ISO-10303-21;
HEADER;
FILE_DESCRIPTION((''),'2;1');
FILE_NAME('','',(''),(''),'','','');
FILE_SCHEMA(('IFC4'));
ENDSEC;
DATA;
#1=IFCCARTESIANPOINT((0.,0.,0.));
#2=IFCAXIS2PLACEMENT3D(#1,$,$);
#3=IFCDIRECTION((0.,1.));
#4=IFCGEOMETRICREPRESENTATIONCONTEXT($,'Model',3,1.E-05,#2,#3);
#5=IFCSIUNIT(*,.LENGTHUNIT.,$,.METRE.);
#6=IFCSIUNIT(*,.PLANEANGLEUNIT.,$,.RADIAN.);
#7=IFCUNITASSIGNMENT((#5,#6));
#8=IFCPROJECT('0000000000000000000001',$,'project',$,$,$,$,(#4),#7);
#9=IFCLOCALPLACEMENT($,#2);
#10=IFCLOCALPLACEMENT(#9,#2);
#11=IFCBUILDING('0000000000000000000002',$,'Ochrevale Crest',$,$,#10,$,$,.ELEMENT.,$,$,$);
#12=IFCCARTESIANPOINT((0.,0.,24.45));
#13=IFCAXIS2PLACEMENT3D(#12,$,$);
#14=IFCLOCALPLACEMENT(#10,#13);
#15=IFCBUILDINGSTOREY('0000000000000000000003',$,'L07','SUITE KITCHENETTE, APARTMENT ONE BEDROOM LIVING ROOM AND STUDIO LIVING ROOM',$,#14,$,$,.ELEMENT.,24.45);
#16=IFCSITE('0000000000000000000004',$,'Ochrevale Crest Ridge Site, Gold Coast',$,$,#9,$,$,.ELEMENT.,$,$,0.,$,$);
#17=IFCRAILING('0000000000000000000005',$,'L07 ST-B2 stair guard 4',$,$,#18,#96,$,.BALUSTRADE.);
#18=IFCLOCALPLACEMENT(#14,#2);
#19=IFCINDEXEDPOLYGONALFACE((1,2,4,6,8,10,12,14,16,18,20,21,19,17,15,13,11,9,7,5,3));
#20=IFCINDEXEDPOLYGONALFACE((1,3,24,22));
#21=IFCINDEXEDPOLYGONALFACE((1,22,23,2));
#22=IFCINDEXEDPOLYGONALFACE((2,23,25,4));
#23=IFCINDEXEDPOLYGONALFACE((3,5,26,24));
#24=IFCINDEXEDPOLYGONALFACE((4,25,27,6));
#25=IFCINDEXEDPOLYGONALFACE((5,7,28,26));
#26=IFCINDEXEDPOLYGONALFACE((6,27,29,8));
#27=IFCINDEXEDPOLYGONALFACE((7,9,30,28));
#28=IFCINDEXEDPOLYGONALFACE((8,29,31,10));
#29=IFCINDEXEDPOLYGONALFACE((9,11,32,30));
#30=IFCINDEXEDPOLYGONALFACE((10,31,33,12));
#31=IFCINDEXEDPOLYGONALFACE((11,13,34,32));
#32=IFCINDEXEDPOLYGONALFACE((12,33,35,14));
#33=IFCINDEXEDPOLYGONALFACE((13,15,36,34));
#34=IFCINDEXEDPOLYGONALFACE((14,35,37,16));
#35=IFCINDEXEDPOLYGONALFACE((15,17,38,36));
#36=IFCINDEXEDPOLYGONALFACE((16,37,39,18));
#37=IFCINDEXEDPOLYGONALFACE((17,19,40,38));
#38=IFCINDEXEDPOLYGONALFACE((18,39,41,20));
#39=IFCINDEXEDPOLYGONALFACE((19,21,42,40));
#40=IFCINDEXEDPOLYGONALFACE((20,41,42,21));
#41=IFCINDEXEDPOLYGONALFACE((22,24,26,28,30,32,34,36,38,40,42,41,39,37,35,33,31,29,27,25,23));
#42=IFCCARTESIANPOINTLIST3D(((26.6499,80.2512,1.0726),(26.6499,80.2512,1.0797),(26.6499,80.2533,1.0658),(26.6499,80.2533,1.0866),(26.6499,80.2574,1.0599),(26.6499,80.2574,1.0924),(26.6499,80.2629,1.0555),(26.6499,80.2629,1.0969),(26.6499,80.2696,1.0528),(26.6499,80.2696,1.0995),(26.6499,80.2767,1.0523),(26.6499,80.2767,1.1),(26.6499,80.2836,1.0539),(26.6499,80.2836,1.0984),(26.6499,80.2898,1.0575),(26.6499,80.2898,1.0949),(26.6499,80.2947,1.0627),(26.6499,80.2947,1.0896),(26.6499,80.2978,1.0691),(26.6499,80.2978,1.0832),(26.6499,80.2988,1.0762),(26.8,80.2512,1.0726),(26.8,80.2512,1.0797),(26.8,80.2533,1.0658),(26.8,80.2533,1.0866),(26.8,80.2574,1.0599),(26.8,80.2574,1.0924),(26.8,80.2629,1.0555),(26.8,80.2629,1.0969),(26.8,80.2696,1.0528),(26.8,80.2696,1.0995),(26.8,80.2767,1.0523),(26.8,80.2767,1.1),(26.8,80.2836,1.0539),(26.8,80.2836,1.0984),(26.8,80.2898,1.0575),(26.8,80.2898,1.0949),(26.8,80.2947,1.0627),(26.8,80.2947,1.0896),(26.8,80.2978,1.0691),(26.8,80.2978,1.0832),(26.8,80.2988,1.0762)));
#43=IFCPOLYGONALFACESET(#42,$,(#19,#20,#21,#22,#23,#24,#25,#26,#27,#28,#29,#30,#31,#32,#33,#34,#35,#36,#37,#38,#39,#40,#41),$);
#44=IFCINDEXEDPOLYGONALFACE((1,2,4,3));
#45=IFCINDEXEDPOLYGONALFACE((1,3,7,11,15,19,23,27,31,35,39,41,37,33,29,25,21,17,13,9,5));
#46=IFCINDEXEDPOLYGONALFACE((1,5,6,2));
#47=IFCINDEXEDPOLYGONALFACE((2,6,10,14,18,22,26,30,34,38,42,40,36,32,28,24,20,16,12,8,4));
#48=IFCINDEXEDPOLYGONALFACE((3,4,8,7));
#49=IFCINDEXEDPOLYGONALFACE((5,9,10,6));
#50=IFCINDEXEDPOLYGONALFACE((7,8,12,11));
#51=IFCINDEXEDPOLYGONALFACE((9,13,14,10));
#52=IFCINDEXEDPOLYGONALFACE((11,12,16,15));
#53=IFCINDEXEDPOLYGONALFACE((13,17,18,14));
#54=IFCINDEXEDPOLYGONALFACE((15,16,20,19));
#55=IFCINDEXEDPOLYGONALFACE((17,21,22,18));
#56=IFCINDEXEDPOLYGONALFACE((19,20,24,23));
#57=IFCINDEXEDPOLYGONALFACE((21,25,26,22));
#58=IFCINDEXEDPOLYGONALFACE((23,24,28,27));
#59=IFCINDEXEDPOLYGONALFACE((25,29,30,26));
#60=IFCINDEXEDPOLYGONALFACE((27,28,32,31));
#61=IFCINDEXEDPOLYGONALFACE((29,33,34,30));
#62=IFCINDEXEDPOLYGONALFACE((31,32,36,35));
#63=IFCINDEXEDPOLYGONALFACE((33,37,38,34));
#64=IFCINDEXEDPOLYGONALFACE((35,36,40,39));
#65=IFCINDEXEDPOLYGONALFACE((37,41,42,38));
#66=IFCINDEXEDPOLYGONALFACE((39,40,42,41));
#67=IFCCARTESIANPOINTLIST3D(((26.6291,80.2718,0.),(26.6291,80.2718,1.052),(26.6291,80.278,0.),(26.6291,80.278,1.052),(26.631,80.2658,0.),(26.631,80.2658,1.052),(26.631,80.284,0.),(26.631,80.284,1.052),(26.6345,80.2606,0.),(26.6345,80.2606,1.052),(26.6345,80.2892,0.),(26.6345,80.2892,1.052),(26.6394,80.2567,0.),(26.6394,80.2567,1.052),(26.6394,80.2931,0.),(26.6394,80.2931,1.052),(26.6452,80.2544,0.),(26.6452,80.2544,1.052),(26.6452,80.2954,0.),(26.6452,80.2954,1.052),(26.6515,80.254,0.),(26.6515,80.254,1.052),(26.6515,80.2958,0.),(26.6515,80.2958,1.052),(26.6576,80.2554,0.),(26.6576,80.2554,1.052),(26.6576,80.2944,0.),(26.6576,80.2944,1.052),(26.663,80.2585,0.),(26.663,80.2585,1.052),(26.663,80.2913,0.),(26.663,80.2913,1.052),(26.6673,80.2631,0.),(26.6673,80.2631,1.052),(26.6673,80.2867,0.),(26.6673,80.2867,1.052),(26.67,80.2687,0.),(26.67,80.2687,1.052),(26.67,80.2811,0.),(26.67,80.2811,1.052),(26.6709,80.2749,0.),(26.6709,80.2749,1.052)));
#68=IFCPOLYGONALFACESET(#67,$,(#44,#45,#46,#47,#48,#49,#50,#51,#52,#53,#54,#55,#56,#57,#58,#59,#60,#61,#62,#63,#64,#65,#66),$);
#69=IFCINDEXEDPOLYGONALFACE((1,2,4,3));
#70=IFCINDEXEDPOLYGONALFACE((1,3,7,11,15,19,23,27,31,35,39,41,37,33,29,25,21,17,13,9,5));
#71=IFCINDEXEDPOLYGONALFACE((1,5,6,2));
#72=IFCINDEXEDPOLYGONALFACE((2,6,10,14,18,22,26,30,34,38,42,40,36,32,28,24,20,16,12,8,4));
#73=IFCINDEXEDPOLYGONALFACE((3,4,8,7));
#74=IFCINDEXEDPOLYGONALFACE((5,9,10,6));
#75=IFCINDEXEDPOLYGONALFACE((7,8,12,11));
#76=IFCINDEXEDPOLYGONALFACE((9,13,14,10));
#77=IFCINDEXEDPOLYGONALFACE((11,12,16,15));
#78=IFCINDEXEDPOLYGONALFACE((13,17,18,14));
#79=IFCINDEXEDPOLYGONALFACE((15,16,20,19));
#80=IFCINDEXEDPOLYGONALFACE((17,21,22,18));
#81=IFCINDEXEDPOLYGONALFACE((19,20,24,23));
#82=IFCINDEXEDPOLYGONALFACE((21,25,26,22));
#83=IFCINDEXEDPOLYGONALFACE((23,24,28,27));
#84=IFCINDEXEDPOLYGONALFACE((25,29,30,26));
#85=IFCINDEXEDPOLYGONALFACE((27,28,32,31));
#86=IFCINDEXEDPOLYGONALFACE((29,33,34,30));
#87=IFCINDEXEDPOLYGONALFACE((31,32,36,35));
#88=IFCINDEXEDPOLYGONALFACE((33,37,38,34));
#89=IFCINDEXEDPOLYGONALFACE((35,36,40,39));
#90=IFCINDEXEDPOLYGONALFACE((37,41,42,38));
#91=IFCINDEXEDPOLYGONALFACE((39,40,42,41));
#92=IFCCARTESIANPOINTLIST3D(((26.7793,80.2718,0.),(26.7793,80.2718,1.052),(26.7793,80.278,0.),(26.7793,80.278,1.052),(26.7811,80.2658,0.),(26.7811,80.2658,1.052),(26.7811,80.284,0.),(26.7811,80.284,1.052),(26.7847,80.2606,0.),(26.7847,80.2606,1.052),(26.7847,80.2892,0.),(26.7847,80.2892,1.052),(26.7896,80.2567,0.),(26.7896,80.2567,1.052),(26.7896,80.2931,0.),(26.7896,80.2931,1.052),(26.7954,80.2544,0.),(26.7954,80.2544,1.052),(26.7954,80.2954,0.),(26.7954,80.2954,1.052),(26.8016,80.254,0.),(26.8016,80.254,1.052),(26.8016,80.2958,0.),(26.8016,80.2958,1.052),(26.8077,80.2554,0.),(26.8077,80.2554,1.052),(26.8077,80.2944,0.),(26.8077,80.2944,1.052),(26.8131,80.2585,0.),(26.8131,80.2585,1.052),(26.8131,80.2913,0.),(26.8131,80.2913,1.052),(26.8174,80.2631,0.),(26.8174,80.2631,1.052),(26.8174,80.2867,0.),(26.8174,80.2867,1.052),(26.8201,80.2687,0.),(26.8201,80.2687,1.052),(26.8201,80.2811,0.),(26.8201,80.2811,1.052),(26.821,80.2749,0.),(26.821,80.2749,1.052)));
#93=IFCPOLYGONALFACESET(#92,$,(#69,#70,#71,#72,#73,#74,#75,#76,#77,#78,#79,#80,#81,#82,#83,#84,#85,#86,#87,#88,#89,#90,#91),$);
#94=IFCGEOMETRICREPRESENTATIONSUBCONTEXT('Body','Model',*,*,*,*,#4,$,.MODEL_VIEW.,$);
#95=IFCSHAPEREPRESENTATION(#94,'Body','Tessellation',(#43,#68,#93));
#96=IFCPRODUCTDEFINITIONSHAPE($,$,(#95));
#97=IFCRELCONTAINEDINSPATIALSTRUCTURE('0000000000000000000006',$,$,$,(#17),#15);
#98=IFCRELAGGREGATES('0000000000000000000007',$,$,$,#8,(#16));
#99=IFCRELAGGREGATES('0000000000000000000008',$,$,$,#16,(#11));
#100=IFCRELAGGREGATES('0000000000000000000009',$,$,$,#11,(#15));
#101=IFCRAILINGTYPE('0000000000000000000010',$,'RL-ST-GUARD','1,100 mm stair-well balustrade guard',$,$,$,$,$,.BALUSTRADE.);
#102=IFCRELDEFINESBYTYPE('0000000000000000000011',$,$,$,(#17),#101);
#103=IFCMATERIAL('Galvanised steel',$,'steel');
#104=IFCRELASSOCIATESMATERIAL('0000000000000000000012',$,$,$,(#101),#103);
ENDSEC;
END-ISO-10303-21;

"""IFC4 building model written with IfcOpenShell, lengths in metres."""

from ifc_helpers import new_model, si_unit, direction, frame, origin, origin_2d, place, context, subcontext, project, spatial, circle, extrude, material, type_object, element, save


model = new_model("IFC4")

# Units and contexts
model_context = context("Model", 3, precision=1e-05, world=origin(), true_north=direction((0.0, 1.0)))
body_context = subcontext(model_context, "Body", "Model", "MODEL_VIEW")
ifc_project = project(units=[si_unit("LENGTHUNIT", "METRE"), si_unit("PLANEANGLEUNIT", "RADIAN")], contexts=[model_context])

# Site, building, storey
site_placement = place(None, origin())
site = spatial("IfcSite", under=ifc_project, at=site_placement, Name="Ochrevale Crest Ridge Site, Gold Coast", CompositionType="ELEMENT", RefElevation=0.0)
building_placement = place(site_placement, origin())
building = spatial("IfcBuilding", under=site, at=building_placement, Name="Ochrevale Crest", CompositionType="ELEMENT")
storey_placement = place(building_placement, frame((0.0, 0.0, 24.45)))
storey = spatial("IfcBuildingStorey", under=building, at=storey_placement, Name="L07", Description="SUITE KITCHENETTE, APARTMENT ONE BEDROOM LIVING ROOM AND STUDIO LIVING ROOM", CompositionType="ELEMENT", Elevation=24.45)

# Railing
ifc_material_1 = material(Name="Galvanised steel", Category="steel")
railing_type_1 = type_object("IfcRailingType", Name="RL-ST-GUARD", Description="1,100 mm stair-well balustrade guard", PredefinedType="BALUSTRADE", material=ifc_material_1)
railing_1_placement = place(storey_placement, frame((26.6499, 80.2749, 0.0)))
element("IfcRailing", 1, at=railing_1_placement, inside=storey, type_object=railing_type_1, Name="L07 ST-B2 stair guard 4", PredefinedType="BALUSTRADE", context=body_context, shape_type="SweptSolid", body=[
    extrude(circle(Radius=0.0239, at=origin_2d()), frame((0.0, 0.0, 1.0762), z_axis=(1.0, 0.0, 0.0), x_axis=(0.0, 1.0, 0.0)), (0.0, 0.0, 1.0), 0.1501),
    extrude(circle(Radius=0.021, at=origin_2d()), origin(), (0.0, 0.0, 1.0), 1.052),
    extrude(circle(Radius=0.021, at=origin_2d()), frame((0.1501, 0.0, 0.0)), (0.0, 0.0, 1.0), 1.052),
])

save(model, "model.ifc")
